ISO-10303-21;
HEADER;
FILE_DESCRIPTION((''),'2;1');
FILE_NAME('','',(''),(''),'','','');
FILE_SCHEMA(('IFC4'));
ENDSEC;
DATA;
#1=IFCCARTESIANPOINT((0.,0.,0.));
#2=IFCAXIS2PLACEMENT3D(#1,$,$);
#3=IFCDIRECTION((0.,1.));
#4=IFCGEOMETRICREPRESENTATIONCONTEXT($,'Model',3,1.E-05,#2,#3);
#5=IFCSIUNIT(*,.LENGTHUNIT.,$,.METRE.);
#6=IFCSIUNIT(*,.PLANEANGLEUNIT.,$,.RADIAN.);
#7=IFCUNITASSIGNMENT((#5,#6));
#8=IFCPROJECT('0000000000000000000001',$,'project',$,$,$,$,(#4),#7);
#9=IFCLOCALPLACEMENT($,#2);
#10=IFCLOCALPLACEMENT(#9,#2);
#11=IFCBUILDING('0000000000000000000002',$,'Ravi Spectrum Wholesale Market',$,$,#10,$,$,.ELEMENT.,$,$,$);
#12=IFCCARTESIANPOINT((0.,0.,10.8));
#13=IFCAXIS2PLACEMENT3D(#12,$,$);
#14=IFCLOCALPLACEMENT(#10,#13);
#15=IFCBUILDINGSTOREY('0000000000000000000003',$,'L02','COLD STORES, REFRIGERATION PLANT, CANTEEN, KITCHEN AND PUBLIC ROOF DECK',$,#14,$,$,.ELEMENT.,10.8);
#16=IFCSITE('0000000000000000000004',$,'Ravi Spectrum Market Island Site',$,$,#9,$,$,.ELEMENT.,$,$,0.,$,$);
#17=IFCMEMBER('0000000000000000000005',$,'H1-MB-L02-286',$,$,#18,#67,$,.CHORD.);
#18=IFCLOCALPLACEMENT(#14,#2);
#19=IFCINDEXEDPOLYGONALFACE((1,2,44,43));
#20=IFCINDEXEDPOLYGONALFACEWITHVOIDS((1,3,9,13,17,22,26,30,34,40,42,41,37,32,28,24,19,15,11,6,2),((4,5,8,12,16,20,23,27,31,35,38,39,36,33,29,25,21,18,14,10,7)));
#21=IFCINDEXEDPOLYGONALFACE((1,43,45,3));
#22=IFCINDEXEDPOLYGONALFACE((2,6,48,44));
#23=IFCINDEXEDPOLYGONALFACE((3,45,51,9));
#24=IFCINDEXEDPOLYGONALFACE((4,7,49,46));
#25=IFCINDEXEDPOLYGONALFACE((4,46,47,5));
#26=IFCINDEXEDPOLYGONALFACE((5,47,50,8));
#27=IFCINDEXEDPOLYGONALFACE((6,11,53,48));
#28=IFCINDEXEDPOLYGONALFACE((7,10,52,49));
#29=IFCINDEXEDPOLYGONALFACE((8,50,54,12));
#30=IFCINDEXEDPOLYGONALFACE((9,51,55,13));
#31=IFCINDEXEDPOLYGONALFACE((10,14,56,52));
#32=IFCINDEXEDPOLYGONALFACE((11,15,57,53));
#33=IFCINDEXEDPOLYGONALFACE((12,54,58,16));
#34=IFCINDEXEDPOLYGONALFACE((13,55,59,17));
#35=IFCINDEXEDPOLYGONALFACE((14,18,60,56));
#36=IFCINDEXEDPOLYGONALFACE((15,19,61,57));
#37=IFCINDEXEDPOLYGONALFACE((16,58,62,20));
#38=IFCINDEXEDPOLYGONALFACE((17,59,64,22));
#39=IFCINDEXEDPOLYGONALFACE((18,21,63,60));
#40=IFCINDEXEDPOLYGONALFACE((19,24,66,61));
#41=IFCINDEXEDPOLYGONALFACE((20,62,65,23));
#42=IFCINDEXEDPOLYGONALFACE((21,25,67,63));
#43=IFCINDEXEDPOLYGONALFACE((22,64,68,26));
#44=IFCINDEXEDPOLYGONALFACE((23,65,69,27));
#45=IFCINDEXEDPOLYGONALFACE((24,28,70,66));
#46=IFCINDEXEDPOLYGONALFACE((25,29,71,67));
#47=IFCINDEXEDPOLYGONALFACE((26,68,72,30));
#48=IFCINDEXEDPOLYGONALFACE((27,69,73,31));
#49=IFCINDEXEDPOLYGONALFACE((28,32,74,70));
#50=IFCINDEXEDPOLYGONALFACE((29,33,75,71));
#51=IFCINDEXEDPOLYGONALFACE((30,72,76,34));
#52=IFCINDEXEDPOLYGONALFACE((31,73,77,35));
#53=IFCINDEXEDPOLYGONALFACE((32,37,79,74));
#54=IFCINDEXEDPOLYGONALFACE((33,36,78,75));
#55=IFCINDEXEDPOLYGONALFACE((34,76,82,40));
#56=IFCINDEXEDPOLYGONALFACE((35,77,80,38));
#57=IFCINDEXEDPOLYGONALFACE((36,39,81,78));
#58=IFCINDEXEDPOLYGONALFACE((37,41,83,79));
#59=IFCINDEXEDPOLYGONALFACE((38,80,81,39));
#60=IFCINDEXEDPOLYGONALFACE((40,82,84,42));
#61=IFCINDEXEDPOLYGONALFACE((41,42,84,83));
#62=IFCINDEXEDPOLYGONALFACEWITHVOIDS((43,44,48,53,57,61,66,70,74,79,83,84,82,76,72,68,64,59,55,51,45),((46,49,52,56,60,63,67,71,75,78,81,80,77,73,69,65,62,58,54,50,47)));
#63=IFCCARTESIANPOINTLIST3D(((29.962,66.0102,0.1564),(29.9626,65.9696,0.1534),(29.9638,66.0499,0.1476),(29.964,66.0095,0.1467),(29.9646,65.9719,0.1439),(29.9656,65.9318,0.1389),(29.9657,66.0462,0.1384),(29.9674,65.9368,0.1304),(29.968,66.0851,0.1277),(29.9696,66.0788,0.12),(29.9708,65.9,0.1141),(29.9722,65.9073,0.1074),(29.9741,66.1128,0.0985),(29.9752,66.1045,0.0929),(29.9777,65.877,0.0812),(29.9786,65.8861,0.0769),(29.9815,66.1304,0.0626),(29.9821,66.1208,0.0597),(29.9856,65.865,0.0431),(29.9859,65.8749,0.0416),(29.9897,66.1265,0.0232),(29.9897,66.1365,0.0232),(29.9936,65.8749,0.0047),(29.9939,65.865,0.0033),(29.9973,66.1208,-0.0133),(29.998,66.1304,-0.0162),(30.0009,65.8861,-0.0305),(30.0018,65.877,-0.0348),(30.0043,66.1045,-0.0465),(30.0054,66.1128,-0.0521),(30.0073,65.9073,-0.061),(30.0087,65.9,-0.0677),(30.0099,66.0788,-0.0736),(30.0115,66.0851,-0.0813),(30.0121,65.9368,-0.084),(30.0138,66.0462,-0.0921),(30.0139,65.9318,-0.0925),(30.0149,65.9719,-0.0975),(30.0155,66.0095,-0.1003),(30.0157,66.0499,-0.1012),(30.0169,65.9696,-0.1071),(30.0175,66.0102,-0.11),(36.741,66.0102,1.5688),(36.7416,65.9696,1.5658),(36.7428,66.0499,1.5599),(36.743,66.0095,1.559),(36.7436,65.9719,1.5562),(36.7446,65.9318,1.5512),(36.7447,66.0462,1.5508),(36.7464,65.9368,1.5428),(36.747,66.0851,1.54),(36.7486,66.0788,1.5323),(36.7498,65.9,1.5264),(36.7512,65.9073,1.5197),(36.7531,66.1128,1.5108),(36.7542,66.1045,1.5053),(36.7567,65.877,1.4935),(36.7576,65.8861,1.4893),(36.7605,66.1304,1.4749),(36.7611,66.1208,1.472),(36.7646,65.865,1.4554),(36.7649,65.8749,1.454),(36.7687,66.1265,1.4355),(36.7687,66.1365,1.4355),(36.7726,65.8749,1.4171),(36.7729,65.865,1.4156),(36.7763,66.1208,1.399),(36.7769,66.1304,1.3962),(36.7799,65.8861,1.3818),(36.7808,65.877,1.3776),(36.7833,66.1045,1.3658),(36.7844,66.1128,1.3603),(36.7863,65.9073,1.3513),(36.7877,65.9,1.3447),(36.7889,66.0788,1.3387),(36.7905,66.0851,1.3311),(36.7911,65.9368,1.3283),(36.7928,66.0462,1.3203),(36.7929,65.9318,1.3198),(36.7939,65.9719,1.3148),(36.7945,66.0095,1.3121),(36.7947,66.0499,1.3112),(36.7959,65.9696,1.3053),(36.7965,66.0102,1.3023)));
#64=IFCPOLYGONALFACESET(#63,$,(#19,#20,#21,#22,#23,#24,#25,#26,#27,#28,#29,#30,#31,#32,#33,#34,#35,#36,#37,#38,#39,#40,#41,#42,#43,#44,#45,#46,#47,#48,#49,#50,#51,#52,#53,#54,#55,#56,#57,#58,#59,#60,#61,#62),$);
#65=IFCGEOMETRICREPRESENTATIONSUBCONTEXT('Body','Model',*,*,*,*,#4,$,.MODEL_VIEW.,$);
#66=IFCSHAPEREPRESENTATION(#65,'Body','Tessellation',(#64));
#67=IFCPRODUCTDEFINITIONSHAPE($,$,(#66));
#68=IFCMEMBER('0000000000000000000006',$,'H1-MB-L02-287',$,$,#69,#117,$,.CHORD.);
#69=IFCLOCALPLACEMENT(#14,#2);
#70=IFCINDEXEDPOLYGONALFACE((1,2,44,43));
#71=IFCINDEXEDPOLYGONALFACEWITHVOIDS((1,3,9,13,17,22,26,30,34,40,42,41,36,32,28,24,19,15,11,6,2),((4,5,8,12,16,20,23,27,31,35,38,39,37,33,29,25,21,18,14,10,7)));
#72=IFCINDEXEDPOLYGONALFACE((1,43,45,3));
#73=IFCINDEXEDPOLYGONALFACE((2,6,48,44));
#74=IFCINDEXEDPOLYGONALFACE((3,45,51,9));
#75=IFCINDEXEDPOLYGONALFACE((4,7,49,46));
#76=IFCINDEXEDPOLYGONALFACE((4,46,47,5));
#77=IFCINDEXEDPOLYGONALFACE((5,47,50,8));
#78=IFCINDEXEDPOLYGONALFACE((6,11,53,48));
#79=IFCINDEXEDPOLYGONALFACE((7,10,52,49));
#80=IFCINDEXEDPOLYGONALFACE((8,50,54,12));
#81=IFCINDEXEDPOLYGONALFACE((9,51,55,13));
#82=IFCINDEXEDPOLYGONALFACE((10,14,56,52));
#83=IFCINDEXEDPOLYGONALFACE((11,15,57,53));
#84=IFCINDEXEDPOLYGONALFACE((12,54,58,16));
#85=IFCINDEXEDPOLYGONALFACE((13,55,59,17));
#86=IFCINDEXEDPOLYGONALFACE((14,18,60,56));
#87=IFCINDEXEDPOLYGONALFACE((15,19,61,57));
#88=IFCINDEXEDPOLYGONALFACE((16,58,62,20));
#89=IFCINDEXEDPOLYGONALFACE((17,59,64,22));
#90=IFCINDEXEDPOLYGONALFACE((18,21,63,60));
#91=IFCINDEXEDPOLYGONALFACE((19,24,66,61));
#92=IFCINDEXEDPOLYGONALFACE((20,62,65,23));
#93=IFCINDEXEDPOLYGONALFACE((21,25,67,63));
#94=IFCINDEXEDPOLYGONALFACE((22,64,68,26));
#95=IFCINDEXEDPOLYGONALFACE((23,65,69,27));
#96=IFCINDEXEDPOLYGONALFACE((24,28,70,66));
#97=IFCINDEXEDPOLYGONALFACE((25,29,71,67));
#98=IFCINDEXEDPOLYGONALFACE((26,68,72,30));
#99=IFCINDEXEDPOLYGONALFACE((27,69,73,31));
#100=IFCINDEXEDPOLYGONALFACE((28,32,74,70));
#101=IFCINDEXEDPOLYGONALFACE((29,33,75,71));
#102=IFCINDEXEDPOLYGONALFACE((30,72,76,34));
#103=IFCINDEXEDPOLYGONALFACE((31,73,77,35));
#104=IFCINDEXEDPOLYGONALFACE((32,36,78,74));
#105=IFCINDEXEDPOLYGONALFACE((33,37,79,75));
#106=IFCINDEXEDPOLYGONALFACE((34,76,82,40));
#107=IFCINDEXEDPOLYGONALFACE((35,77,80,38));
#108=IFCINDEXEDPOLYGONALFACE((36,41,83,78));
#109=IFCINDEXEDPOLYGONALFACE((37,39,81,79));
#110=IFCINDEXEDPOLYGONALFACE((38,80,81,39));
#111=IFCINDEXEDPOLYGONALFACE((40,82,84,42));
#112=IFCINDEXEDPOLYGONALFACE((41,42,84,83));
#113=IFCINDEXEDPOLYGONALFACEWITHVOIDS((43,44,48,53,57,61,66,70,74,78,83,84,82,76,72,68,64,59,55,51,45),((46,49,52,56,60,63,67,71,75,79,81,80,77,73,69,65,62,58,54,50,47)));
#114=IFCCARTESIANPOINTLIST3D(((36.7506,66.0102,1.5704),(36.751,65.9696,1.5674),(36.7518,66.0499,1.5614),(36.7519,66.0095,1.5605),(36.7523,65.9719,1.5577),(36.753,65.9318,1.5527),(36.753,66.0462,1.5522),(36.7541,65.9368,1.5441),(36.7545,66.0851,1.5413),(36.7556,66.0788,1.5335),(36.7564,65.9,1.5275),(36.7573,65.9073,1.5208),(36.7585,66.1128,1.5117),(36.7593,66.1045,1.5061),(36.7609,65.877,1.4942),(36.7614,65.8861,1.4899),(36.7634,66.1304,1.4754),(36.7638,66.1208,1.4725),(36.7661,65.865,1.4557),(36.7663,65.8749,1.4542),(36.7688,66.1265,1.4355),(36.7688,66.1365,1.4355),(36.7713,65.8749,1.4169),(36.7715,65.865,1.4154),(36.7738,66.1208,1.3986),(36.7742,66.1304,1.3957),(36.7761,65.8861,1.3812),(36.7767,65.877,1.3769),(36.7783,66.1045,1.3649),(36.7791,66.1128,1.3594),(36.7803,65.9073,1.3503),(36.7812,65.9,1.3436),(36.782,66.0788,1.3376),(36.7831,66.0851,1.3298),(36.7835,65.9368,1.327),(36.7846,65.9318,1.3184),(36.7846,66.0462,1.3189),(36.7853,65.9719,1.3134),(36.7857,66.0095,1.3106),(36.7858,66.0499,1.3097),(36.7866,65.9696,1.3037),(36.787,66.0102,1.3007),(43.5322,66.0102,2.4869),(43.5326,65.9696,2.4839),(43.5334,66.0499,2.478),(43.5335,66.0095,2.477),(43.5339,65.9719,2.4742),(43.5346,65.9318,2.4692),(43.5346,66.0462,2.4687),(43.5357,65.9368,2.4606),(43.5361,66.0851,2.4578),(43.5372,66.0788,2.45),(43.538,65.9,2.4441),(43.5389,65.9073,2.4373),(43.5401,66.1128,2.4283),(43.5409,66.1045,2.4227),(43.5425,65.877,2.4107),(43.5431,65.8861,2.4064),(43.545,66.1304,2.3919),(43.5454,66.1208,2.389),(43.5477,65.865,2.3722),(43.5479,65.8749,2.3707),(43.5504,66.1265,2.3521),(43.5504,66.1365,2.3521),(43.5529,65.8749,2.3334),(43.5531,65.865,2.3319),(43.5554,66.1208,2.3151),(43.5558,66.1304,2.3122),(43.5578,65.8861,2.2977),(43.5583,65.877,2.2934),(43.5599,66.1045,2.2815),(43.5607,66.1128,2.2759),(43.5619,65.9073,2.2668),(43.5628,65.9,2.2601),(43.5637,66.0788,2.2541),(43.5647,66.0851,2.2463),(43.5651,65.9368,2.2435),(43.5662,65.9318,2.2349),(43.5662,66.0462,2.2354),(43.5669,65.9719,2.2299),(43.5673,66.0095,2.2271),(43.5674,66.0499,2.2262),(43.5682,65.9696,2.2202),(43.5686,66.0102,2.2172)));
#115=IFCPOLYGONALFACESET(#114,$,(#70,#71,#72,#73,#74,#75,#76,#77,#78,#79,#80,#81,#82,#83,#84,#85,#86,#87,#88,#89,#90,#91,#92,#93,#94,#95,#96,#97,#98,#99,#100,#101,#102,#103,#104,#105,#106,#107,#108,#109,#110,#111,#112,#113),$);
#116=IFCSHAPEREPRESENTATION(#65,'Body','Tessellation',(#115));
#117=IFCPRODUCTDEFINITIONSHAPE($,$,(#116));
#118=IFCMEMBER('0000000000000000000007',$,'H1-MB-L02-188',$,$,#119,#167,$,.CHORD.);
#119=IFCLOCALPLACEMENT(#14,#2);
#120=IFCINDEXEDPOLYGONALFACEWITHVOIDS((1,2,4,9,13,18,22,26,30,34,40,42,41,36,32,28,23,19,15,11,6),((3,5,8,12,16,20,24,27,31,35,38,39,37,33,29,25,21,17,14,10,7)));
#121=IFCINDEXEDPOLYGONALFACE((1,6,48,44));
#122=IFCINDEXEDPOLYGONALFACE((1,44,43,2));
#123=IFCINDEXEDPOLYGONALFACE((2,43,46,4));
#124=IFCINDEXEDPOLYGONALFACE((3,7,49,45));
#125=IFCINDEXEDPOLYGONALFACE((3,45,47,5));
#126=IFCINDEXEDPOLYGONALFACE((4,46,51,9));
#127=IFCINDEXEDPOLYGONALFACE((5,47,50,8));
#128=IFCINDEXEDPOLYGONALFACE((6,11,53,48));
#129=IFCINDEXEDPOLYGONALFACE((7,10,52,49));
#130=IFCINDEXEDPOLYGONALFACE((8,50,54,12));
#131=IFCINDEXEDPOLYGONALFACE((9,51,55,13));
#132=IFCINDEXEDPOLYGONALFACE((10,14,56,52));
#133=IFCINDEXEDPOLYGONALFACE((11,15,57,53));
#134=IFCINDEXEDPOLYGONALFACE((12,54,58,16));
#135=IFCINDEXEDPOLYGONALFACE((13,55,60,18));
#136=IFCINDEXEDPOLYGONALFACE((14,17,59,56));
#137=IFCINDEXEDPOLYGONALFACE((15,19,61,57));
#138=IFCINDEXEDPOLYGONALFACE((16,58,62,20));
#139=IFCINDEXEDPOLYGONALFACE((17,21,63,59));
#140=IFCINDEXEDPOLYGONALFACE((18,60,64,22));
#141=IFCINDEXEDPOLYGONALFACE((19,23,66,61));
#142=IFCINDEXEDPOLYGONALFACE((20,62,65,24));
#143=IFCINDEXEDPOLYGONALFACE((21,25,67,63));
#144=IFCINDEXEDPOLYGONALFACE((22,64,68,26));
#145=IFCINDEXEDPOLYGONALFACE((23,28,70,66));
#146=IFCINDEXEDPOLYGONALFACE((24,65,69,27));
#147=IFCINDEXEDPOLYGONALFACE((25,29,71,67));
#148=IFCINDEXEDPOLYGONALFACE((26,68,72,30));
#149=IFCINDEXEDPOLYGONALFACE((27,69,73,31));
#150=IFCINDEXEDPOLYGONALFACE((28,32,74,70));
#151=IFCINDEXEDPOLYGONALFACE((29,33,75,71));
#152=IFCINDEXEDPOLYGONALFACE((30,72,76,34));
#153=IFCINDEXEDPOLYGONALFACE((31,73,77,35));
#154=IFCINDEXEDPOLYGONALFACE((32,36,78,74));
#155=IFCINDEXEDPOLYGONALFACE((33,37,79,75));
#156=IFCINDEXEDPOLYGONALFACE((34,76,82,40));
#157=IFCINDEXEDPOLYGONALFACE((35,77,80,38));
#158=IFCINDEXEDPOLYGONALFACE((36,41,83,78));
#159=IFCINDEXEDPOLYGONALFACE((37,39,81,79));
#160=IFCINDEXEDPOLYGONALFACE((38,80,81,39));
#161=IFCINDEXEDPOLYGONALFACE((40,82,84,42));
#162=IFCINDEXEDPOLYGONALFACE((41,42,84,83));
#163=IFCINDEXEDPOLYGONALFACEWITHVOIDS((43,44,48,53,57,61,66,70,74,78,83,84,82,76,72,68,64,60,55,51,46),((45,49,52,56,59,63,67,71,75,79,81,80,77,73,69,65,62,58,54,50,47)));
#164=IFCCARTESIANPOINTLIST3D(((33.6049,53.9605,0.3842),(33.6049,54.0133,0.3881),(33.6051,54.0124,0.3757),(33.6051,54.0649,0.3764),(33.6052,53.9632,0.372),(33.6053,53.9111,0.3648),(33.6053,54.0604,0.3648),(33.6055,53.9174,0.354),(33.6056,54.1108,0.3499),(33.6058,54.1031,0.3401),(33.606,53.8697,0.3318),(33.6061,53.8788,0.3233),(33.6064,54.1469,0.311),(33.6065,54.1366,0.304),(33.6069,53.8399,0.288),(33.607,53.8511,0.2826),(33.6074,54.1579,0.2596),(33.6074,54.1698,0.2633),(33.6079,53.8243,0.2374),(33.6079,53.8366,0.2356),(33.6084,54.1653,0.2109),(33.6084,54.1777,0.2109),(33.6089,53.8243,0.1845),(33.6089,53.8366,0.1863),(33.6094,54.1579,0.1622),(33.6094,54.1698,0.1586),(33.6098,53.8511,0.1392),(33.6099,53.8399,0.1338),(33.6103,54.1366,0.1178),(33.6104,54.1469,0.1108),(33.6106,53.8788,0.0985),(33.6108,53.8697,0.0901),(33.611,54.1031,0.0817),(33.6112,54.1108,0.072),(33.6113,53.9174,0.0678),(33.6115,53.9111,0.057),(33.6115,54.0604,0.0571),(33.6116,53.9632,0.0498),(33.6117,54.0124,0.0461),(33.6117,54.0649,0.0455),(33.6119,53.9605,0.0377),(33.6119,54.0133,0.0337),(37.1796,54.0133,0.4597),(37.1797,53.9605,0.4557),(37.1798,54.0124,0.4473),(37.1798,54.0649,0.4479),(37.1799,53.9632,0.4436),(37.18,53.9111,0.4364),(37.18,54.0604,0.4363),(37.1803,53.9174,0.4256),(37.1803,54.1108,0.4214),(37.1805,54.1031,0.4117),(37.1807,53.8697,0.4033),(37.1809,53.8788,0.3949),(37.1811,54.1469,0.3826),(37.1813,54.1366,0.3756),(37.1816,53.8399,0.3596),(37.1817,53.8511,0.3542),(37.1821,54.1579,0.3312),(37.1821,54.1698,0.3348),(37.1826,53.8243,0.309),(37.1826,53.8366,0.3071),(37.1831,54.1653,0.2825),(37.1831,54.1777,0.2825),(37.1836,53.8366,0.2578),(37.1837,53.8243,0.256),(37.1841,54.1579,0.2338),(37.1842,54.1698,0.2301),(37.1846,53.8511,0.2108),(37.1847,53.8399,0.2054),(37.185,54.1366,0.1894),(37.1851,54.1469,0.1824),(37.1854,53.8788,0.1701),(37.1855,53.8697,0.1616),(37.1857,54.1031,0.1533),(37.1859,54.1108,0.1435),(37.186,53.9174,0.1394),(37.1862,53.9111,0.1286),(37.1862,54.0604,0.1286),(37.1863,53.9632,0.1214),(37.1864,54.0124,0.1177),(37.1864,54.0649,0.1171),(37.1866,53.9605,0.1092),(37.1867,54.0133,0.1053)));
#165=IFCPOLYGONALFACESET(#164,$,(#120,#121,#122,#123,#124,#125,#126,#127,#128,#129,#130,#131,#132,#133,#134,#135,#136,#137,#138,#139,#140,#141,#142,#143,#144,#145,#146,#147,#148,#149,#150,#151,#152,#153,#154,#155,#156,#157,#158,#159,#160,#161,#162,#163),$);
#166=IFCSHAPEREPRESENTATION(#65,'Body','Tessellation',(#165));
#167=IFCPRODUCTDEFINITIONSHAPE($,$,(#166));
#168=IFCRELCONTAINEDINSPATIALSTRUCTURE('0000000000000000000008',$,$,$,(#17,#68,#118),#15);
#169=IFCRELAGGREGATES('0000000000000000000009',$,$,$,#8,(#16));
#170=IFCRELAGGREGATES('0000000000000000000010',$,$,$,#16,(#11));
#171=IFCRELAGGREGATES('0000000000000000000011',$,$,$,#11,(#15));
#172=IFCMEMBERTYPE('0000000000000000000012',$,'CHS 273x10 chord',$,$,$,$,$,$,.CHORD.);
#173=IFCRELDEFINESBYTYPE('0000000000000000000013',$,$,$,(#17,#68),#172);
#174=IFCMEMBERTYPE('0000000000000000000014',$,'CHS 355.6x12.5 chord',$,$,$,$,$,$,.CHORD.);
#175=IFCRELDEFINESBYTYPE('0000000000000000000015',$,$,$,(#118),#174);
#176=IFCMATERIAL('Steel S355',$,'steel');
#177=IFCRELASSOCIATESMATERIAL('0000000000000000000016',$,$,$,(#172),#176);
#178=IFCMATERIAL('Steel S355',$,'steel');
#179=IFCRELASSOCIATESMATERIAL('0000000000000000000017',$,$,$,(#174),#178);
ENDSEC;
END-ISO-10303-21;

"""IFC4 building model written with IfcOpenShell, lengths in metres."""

from ifc_helpers import new_model, si_unit, direction, frame, origin, origin_2d, place, context, subcontext, project, spatial, hollow_circle, extrude, material, material_profile, profile_set, type_object, element, save


model = new_model("IFC4")

# Units and contexts
model_context = context("Model", 3, precision=1e-05, world=origin(), true_north=direction((0.0, 1.0)))
body_context = subcontext(model_context, "Body", "Model", "MODEL_VIEW")
ifc_project = project(units=[si_unit("LENGTHUNIT", "METRE"), si_unit("PLANEANGLEUNIT", "RADIAN")], contexts=[model_context])

# Site, building, storey
site_placement = place(None, origin())
site = spatial("IfcSite", under=ifc_project, at=site_placement, Name="Ravi Spectrum Market Island Site", CompositionType="ELEMENT", RefElevation=0.0)
building_placement = place(site_placement, origin())
building = spatial("IfcBuilding", under=site, at=building_placement, Name="Ravi Spectrum Wholesale Market", CompositionType="ELEMENT")
storey_placement = place(building_placement, frame((0.0, 0.0, 10.8)))
storey = spatial("IfcBuildingStorey", under=building, at=storey_placement, Name="L02", Description="COLD STORES, REFRIGERATION PLANT, CANTEEN, KITCHEN AND PUBLIC ROOF DECK", CompositionType="ELEMENT", Elevation=10.8)

# Members
ifc_material_1 = material(Name="Steel S355", Category="steel")
ifc_material_profile_1 = material_profile(ifc_material_1, hollow_circle(Radius=0.1365, WallThickness=0.01, at=origin_2d()))
ifc_profile_set_1 = profile_set([ifc_material_profile_1], Name="Steel S355")
member_type_1 = type_object("IfcMemberType", Name="CHS 273x10 chord", PredefinedType="CHORD", material=ifc_profile_set_1)
member_1_placement = place(storey_placement, frame((29.9897, 66.0, 0.0232), z_axis=(0.978979, 0.0, 0.203961), x_axis=(0.0, 1.0, 0.0)))
element("IfcMember", 1, at=member_1_placement, inside=storey, type_object=member_type_1, Name="H1-MB-L02-286", PredefinedType="CHORD", context=body_context, shape_type="SweptSolid", body=[
    extrude(hollow_circle(Radius=0.1365, WallThickness=0.01, at=origin_2d()), origin(), (0.0, 0.0, 1.0), 6.9246),
])
member_2_placement = place(storey_placement, frame((36.7688, 66.0, 1.4355), z_axis=(0.990991, 0.0, 0.13393), x_axis=(0.0, 1.0, 0.0)))
element("IfcMember", 2, at=member_2_placement, inside=storey, type_object=member_type_1, Name="H1-MB-L02-287", PredefinedType="CHORD", context=body_context, shape_type="SweptSolid", body=[
    extrude(hollow_circle(Radius=0.1365, WallThickness=0.01, at=origin_2d()), origin(), (0.0, 0.0, 1.0), 6.8433),
])
ifc_material_2 = material(Name="Steel S355", Category="steel")
ifc_material_profile_2 = material_profile(ifc_material_2, hollow_circle(Radius=0.1777, WallThickness=0.0125, at=origin_2d()))
ifc_profile_set_2 = profile_set([ifc_material_profile_2], Name="Steel S355")
member_type_2 = type_object("IfcMemberType", Name="CHS 355.6x12.5 chord", PredefinedType="CHORD", material=ifc_profile_set_2)
member_3_placement = place(storey_placement, frame((33.6084, 54.0, 0.2109), z_axis=(0.9998, 0.0, 0.020007), x_axis=(0.0, 1.0, 0.0)))
element("IfcMember", 3, at=member_3_placement, inside=storey, type_object=member_type_2, Name="H1-MB-L02-188", PredefinedType="CHORD", context=body_context, shape_type="SweptSolid", body=[
    extrude(hollow_circle(Radius=0.1777, WallThickness=0.0125, at=origin_2d()), origin(), (0.0, 0.0, 1.0), 3.5754),
])

save(model, "model.ifc")
